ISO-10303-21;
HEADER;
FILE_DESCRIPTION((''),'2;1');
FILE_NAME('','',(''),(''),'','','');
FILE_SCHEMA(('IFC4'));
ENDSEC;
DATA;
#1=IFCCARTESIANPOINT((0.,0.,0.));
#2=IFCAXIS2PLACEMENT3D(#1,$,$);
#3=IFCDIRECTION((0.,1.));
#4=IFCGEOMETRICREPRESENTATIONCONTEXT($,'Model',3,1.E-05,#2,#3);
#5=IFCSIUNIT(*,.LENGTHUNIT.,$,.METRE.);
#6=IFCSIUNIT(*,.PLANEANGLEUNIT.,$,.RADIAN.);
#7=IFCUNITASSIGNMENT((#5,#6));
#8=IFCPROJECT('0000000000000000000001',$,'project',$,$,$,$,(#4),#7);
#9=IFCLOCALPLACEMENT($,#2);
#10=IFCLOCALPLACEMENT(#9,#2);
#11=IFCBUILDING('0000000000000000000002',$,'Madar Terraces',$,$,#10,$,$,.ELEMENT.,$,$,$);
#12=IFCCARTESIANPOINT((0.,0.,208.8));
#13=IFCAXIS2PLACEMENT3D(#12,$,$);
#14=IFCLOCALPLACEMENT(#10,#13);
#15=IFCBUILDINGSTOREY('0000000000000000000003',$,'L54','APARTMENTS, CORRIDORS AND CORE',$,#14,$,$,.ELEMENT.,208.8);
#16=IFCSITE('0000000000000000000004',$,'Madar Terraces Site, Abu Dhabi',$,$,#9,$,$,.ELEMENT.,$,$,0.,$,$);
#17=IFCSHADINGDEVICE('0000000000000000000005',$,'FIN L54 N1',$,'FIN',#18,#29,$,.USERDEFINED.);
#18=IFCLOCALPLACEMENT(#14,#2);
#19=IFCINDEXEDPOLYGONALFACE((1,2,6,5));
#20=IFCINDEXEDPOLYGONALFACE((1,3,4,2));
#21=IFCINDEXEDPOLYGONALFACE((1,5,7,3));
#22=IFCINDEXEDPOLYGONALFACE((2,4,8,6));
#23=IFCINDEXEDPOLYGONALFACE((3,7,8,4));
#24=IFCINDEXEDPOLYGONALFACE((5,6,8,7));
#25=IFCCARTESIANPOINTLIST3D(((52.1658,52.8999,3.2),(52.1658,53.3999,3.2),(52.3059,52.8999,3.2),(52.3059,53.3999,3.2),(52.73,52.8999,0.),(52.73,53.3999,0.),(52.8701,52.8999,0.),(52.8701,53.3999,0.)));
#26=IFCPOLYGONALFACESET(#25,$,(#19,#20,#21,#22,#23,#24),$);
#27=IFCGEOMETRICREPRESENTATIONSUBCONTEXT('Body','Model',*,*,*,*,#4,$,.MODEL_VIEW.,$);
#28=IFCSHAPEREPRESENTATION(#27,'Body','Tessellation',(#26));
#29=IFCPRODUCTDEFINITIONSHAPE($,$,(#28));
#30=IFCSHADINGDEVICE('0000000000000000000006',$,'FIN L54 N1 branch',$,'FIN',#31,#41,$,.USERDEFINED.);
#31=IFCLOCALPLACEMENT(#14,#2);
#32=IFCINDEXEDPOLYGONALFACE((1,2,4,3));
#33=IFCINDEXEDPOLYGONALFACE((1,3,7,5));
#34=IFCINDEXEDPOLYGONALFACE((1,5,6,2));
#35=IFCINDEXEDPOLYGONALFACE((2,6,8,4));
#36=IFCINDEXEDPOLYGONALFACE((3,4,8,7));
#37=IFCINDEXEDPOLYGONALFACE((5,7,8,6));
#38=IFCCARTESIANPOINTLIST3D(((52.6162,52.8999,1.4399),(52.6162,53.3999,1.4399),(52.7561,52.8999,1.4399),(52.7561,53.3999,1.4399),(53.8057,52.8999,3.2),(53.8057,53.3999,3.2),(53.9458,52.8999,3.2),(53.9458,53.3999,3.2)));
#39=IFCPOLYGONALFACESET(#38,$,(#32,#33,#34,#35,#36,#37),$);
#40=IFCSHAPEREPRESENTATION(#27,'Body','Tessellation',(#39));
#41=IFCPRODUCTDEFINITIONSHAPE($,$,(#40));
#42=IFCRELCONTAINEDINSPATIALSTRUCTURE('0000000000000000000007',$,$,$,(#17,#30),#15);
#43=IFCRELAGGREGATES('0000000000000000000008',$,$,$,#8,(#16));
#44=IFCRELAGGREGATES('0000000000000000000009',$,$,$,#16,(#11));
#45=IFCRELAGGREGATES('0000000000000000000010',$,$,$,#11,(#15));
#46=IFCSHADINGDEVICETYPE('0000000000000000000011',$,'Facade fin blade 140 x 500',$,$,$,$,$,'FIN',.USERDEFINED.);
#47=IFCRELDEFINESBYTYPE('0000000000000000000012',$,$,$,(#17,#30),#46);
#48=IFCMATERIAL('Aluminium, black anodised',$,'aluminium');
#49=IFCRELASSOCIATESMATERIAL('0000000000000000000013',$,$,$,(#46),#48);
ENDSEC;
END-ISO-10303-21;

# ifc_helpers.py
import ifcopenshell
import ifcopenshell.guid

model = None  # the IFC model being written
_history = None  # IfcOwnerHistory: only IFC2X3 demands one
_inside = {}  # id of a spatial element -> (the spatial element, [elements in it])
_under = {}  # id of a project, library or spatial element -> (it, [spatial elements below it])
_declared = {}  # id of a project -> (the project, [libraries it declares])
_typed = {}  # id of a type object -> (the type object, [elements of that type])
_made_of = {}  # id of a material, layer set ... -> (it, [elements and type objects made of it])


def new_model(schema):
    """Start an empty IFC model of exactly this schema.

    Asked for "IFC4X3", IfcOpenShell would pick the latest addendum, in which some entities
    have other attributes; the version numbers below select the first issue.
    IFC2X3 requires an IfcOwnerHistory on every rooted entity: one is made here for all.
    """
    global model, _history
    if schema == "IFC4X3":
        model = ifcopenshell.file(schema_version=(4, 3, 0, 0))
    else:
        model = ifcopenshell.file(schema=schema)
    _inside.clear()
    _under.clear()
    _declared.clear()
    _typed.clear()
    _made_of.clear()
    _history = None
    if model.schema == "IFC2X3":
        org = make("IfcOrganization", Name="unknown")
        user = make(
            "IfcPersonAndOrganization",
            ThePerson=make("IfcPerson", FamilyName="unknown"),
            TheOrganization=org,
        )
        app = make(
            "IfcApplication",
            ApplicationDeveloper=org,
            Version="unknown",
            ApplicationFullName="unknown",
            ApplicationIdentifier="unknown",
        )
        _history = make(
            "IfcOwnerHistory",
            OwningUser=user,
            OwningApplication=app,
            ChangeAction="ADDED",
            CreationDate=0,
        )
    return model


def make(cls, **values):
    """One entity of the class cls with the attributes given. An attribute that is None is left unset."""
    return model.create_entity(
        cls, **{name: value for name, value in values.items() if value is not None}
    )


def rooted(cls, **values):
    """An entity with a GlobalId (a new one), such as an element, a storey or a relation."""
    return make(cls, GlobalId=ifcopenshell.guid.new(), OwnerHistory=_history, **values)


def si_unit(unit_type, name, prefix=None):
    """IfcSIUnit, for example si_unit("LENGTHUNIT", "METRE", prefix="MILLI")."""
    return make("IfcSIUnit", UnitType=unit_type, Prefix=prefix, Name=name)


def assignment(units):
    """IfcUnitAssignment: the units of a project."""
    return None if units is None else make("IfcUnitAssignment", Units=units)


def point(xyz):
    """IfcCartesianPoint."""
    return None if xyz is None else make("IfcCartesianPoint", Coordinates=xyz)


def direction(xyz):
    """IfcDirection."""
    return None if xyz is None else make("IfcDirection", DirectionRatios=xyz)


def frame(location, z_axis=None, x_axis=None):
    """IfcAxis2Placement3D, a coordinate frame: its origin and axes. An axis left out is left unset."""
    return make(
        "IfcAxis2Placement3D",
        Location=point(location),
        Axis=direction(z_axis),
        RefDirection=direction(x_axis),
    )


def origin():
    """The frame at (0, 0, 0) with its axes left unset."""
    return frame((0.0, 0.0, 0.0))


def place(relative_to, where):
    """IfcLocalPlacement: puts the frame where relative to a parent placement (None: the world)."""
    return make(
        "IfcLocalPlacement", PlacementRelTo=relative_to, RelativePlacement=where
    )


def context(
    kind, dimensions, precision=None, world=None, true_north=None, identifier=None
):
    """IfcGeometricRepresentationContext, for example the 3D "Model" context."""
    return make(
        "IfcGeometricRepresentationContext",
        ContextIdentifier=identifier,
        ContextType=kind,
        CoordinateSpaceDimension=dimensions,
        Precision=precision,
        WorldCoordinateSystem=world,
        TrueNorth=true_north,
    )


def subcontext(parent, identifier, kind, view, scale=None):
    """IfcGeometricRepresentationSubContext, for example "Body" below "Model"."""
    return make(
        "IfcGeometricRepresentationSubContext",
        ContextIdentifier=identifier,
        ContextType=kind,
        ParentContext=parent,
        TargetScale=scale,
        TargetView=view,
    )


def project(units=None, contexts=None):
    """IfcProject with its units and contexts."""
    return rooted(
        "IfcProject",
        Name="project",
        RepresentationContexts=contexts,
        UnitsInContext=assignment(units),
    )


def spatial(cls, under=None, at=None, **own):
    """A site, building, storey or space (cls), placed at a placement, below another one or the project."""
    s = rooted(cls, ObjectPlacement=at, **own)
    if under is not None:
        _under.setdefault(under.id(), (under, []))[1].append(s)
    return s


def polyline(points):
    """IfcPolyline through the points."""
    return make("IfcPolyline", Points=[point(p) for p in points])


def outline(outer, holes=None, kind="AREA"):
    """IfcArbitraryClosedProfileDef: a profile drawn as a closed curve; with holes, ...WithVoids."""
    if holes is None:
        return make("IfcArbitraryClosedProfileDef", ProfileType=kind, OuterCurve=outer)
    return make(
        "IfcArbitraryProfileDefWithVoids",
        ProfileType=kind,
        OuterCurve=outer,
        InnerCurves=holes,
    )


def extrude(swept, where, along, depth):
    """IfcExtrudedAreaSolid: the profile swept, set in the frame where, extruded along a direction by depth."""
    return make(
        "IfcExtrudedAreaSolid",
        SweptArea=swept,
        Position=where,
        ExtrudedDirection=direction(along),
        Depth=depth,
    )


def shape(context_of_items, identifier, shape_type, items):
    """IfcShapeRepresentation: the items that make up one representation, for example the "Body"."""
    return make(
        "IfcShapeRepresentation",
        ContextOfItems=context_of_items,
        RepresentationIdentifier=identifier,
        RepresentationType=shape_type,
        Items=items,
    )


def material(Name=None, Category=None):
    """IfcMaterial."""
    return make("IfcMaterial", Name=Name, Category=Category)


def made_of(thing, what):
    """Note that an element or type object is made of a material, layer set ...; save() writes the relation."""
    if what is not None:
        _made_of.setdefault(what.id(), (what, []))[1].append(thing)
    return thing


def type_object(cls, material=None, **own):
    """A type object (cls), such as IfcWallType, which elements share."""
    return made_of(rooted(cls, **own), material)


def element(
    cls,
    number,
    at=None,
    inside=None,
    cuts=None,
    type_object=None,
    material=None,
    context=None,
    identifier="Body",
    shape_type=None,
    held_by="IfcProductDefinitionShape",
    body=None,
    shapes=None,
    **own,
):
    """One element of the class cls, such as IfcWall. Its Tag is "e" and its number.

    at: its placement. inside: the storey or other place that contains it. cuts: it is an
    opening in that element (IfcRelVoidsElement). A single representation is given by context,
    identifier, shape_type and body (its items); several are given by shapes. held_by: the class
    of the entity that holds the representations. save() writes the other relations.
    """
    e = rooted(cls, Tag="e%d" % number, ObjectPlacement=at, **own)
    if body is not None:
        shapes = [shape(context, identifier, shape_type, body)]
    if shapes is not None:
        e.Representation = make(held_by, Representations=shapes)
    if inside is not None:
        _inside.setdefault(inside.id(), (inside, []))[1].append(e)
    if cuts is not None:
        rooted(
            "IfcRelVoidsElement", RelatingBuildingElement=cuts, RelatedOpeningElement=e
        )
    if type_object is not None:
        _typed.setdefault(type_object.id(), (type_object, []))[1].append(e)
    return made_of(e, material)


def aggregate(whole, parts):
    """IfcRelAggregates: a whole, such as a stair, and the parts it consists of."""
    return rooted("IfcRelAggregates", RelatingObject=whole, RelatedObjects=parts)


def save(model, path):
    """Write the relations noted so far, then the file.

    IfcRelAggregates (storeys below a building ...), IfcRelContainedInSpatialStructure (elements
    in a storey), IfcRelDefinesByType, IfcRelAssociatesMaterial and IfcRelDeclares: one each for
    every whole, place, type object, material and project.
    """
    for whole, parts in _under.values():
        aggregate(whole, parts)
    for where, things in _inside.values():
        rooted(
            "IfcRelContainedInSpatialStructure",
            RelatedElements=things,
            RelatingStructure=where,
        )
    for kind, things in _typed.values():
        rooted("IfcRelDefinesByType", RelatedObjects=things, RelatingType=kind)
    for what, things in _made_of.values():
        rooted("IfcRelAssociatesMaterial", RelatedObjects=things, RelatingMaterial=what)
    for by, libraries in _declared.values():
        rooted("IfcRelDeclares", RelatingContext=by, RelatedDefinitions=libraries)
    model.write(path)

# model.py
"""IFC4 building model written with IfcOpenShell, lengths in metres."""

from ifc_helpers import new_model, si_unit, direction, frame, origin, place, context, subcontext, project, spatial, polyline, outline, extrude, material, type_object, element, save


model = new_model("IFC4")

# Units and contexts
model_context = context("Model", 3, precision=1e-05, world=origin(), true_north=direction((0.0, 1.0)))
body_context = subcontext(model_context, "Body", "Model", "MODEL_VIEW")
ifc_project = project(units=[si_unit("LENGTHUNIT", "METRE"), si_unit("PLANEANGLEUNIT", "RADIAN")], contexts=[model_context])

# Site, building, storey
site_placement = place(None, origin())
site = spatial("IfcSite", under=ifc_project, at=site_placement, Name="Madar Terraces Site, Abu Dhabi", CompositionType="ELEMENT", RefElevation=0.0)
building_placement = place(site_placement, origin())
building = spatial("IfcBuilding", under=site, at=building_placement, Name="Madar Terraces", CompositionType="ELEMENT")
storey_placement = place(building_placement, frame((0.0, 0.0, 208.8)))
storey = spatial("IfcBuildingStorey", under=building, at=storey_placement, Name="L54", Description="APARTMENTS, CORRIDORS AND CORE", CompositionType="ELEMENT", Elevation=208.8)

# Shading devices
ifc_material_1 = material(Name="Aluminium, black anodised", Category="aluminium")
shading_device_type = type_object("IfcShadingDeviceType", Name="Facade fin blade 140 x 500", ElementType="FIN", PredefinedType="USERDEFINED", material=ifc_material_1)
shading_device_1_placement = place(storey_placement, frame((52.8701, 53.1499, 0.0), z_axis=(0.0, 0.0, 1.0), x_axis=(-1.0, 0.0, 0.0)))
element("IfcShadingDevice", 1, at=shading_device_1_placement, inside=storey, type_object=shading_device_type, Name="FIN L54 N1", ObjectType="FIN", PredefinedType="USERDEFINED", context=body_context, shape_type="SweptSolid", body=[
    extrude(outline(polyline([(0.0, 0.0), (0.1401, 0.0), (0.7043, 3.2), (0.5642, 3.2), (0.0, 0.0)])), frame((0.0, 0.25, 0.0), z_axis=(0.0, -1.0, 0.0), x_axis=(1.0, 0.0, 0.0)), (0.0, 0.0, 1.0), 0.5),
])
shading_device_2_placement = place(storey_placement, frame((52.7561, 53.1499, 1.4399), z_axis=(0.0, 0.0, 1.0), x_axis=(-1.0, 0.0, 0.0)))
element("IfcShadingDevice", 2, at=shading_device_2_placement, inside=storey, type_object=shading_device_type, Name="FIN L54 N1 branch", ObjectType="FIN", PredefinedType="USERDEFINED", context=body_context, shape_type="SweptSolid", body=[
    extrude(outline(polyline([(0.0, 0.0), (0.1399, 0.0), (-1.0496, 1.76), (-1.1897, 1.76), (0.0, 0.0)])), frame((0.0, 0.25, 0.0), z_axis=(0.0, -1.0, 0.0), x_axis=(1.0, 0.0, 0.0)), (0.0, 0.0, 1.0), 0.5),
])

save(model, "model.ifc")
